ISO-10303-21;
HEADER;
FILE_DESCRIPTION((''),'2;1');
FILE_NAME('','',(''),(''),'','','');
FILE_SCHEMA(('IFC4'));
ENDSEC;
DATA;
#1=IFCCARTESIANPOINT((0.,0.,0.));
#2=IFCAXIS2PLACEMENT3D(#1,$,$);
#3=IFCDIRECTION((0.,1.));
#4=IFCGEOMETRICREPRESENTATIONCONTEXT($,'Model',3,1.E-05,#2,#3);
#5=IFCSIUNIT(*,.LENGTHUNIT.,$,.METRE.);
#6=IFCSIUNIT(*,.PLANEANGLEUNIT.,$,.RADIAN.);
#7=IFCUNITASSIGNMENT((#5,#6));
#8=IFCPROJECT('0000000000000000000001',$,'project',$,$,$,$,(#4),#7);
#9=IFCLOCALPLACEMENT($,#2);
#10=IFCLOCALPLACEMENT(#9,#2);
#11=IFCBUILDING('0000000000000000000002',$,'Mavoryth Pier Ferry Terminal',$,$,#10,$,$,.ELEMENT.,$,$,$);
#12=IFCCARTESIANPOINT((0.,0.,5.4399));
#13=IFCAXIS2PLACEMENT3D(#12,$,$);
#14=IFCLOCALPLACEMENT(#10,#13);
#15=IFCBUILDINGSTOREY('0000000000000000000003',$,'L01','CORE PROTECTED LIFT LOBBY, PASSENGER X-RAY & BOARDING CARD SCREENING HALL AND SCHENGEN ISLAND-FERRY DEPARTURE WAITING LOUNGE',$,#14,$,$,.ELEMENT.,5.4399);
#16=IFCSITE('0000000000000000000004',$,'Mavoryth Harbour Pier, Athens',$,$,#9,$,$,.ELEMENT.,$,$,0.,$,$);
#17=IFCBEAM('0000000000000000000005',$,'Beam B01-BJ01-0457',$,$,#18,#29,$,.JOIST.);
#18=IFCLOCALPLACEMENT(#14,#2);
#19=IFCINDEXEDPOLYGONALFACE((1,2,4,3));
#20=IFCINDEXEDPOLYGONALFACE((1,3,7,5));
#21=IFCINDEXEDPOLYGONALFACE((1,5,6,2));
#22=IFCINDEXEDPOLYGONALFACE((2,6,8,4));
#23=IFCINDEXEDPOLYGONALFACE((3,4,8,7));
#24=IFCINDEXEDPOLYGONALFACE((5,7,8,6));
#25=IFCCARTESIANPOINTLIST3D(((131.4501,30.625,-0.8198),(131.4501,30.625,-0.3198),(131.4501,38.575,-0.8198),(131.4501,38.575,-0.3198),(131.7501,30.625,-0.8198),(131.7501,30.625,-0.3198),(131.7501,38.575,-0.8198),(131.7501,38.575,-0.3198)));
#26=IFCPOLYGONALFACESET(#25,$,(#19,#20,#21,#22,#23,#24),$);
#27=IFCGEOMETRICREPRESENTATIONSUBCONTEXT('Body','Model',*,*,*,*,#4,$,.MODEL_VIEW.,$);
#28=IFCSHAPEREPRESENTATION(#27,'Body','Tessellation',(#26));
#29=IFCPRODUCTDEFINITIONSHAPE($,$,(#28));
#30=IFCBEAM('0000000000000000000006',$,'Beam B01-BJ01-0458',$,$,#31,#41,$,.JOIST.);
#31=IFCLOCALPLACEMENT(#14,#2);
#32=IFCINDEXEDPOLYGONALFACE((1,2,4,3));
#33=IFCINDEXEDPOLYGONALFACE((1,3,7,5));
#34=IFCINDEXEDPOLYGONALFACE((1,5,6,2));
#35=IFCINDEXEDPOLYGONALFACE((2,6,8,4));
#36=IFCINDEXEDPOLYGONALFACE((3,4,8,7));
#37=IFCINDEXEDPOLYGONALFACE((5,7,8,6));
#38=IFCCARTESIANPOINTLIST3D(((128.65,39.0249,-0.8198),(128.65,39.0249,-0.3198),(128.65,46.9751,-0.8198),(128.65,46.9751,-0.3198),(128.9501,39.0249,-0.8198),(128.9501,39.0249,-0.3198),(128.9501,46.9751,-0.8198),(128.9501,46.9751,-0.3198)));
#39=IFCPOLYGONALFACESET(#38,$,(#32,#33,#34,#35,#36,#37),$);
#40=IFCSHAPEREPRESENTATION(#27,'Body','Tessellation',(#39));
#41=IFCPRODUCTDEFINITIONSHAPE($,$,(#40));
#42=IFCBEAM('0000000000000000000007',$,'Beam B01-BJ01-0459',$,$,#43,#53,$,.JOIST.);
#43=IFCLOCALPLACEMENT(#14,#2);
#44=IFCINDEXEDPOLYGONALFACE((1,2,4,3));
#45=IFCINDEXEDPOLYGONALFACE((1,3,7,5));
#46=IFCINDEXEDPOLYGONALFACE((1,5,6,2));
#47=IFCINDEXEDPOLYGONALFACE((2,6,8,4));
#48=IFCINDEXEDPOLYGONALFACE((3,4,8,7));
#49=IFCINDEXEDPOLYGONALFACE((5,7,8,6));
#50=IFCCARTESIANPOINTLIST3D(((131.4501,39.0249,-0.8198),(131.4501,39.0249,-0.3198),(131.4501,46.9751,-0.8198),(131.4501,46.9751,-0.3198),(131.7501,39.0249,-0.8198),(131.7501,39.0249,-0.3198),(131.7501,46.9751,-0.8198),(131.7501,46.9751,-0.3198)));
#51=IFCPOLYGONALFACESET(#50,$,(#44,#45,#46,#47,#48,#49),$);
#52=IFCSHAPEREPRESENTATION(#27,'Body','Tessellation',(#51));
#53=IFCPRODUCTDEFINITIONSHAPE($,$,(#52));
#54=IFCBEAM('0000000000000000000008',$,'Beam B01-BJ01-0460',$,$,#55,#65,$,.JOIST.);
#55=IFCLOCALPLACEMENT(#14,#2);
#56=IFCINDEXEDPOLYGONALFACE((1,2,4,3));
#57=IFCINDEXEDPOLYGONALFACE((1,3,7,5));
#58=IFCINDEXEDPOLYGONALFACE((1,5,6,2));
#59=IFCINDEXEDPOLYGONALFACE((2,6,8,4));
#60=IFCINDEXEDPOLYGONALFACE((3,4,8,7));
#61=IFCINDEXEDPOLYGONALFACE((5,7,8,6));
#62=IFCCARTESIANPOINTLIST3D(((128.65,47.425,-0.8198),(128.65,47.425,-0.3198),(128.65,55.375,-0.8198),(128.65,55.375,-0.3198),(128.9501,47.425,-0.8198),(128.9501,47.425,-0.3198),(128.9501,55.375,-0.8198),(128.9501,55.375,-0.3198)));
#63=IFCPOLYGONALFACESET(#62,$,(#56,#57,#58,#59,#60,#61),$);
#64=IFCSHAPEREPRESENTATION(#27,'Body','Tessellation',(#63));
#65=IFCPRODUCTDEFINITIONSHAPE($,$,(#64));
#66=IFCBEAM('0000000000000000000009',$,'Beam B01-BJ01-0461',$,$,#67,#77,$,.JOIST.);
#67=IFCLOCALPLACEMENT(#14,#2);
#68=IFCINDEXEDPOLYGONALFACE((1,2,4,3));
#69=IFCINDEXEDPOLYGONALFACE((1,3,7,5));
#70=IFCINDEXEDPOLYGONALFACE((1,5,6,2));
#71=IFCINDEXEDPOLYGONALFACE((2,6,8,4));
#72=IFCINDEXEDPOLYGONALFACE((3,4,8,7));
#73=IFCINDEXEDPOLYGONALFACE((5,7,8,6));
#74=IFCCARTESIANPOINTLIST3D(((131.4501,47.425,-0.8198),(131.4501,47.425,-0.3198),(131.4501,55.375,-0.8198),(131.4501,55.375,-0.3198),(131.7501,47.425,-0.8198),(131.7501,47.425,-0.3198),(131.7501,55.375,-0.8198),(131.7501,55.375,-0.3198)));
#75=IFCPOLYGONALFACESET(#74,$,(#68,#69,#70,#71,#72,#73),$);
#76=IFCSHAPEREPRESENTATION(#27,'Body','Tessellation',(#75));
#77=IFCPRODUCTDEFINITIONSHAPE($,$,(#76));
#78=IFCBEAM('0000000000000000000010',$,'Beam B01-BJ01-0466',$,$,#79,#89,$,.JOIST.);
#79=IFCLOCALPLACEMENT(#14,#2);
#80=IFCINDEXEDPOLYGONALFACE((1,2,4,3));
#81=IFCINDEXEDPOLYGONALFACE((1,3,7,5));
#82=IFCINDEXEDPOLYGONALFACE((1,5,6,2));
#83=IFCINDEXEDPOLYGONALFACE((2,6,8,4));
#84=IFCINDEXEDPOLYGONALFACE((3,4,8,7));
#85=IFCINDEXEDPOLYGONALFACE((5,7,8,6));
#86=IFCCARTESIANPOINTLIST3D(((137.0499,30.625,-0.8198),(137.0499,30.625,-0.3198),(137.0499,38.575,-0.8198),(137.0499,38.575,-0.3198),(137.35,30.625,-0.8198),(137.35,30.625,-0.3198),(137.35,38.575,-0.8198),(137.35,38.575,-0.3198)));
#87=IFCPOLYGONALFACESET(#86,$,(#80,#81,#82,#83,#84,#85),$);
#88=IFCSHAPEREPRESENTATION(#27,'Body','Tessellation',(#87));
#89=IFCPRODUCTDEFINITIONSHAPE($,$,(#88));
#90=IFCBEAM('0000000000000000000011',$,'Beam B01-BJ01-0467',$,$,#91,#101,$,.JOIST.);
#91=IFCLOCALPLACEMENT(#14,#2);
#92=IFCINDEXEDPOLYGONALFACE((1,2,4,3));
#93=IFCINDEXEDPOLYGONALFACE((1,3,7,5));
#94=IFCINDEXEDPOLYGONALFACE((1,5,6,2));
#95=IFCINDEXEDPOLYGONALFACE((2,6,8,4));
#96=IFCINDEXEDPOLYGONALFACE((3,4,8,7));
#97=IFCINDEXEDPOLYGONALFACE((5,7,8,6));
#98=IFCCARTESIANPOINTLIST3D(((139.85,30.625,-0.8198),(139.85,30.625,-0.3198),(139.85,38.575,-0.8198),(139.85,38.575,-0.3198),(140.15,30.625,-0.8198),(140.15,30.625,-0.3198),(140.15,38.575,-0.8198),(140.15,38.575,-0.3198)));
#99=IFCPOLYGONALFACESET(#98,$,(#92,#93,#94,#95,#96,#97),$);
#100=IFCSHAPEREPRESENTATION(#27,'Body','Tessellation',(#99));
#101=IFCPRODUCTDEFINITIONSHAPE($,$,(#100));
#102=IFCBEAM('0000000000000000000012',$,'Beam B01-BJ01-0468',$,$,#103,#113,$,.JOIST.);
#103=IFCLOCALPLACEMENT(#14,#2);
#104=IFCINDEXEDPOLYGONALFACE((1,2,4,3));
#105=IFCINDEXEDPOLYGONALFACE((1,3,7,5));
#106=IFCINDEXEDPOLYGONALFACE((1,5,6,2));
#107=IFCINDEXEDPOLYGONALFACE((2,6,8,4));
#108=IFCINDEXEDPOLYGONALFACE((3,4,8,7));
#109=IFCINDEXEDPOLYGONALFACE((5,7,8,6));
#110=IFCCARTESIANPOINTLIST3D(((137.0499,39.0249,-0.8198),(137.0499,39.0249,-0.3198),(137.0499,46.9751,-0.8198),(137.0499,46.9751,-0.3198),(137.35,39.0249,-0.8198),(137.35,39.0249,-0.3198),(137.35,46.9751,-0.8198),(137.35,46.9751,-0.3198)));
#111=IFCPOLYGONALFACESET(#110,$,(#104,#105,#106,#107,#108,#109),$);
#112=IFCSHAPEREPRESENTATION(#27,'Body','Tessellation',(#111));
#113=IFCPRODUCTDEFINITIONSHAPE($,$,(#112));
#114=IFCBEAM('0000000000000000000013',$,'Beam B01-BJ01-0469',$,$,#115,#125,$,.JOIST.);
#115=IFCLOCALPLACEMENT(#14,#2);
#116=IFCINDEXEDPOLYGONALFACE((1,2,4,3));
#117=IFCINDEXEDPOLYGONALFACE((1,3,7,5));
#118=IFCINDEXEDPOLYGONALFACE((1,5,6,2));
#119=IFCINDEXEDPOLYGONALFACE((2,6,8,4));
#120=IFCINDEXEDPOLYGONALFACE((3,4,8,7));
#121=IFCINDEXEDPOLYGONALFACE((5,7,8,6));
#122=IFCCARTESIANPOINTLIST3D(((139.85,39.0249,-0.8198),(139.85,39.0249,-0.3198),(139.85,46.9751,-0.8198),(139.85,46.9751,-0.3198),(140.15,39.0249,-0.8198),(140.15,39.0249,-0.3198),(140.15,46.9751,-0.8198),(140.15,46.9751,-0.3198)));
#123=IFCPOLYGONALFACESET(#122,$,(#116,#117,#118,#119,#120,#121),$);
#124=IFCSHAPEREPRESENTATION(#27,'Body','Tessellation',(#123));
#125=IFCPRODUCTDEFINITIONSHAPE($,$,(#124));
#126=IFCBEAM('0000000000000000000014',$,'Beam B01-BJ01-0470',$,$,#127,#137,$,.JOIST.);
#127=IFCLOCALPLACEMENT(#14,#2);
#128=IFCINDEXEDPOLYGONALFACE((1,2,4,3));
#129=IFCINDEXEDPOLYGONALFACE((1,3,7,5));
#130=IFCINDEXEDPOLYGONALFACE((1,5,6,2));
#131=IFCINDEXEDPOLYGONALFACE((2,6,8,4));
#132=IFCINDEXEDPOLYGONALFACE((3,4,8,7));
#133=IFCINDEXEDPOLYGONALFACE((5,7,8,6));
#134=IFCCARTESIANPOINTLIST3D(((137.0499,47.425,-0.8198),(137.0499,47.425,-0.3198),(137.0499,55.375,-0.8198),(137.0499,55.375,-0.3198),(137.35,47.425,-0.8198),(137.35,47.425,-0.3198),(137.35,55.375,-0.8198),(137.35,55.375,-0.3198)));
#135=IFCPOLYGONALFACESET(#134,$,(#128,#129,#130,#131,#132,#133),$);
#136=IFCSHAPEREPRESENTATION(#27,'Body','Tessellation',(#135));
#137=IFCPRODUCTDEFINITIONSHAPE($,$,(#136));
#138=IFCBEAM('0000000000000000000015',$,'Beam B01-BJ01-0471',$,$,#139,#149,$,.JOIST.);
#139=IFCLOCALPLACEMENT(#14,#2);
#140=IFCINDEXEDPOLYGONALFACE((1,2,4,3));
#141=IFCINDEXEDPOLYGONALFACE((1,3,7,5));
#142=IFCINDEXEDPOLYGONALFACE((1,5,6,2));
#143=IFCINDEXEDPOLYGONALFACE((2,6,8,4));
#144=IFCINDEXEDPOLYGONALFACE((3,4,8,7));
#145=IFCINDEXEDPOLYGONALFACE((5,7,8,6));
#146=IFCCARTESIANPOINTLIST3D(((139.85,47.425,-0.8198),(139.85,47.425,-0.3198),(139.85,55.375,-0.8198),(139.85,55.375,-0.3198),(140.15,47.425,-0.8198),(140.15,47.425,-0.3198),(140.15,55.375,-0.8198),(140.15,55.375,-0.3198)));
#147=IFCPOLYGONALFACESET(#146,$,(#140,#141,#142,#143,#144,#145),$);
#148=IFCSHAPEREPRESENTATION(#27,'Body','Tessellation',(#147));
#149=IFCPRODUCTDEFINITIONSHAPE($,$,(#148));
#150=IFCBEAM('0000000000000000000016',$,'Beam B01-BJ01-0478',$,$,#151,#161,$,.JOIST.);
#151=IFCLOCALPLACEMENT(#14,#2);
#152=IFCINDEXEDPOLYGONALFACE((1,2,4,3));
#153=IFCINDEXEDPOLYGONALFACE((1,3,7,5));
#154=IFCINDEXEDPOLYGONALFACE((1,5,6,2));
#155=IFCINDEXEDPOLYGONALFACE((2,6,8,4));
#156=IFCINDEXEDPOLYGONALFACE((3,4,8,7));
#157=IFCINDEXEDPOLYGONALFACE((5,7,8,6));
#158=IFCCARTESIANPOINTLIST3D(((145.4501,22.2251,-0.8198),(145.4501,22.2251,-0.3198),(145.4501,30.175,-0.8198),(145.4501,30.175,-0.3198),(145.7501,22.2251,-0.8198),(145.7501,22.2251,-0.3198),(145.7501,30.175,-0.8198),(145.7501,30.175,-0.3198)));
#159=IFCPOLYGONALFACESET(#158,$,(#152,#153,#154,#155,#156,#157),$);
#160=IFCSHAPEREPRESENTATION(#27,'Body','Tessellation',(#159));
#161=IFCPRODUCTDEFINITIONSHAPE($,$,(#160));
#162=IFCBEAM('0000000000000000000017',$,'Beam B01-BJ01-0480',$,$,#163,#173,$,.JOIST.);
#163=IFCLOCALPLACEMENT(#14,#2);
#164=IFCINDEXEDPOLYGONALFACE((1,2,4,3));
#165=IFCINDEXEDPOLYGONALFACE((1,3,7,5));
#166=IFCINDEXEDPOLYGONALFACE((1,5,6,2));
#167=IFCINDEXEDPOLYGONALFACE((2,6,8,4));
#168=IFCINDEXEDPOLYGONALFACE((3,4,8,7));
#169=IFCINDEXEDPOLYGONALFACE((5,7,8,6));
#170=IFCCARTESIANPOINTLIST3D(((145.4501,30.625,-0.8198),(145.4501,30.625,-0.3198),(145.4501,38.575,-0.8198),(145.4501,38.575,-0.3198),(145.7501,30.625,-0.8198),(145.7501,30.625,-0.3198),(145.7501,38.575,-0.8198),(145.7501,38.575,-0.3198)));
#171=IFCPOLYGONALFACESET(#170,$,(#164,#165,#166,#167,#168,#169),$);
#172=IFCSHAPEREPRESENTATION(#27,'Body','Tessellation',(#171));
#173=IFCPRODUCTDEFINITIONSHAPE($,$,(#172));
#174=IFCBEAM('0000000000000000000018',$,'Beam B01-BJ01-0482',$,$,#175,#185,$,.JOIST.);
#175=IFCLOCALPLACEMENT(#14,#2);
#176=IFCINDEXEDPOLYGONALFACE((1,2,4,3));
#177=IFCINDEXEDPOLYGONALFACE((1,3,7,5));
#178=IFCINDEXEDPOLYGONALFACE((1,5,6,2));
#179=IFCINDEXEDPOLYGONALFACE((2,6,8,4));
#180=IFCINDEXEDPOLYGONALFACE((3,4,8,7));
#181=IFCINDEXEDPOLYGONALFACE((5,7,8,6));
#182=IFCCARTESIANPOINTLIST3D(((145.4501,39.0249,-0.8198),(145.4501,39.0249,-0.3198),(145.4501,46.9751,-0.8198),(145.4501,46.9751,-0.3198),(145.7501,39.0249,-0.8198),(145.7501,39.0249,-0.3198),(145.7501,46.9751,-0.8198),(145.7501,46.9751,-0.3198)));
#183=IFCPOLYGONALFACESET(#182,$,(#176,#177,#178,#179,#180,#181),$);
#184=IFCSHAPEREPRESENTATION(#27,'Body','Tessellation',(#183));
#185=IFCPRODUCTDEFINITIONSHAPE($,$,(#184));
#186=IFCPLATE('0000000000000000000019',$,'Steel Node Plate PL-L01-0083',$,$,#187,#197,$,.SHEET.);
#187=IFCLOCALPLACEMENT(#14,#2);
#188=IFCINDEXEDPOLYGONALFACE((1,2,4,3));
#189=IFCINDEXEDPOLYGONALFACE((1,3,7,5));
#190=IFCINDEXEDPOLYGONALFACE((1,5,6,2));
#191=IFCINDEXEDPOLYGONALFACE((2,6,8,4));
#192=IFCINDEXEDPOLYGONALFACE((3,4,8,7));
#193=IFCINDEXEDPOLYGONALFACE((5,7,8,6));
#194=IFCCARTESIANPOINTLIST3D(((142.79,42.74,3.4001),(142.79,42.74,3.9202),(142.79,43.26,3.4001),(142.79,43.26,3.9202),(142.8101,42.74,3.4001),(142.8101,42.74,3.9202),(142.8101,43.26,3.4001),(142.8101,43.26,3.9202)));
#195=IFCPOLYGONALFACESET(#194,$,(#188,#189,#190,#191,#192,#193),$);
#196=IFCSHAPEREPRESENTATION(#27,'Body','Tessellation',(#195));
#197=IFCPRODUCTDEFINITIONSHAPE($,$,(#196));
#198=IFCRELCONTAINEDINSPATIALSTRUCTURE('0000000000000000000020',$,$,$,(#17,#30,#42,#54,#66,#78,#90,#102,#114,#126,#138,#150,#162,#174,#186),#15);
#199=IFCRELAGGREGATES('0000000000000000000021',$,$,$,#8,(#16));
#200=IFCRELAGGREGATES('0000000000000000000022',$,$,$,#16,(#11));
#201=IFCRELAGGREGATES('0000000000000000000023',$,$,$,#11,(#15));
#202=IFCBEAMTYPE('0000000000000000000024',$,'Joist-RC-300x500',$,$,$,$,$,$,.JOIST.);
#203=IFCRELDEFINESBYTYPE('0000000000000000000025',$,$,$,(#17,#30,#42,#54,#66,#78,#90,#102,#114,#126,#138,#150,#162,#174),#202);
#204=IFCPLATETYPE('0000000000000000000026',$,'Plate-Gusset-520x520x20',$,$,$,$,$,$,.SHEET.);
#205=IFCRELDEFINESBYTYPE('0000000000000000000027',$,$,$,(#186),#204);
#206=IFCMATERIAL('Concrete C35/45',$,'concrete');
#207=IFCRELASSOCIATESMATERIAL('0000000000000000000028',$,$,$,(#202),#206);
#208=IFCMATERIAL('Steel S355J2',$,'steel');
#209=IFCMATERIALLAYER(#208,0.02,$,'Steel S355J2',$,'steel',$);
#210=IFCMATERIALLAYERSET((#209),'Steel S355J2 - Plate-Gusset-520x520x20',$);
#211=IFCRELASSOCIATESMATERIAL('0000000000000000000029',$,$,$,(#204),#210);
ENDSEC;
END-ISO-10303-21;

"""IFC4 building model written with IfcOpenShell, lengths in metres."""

from ifc_helpers import new_model, si_unit, direction, frame, origin, origin_2d, place, context, subcontext, project, spatial, rectangle, extrude, material, layer, layer_set, material_profile, profile_set, type_object, element, save


model = new_model("IFC4")

# Units and contexts
model_context = context("Model", 3, precision=1e-05, world=origin(), true_north=direction((0.0, 1.0)))
body_context = subcontext(model_context, "Body", "Model", "MODEL_VIEW")
ifc_project = project(units=[si_unit("LENGTHUNIT", "METRE"), si_unit("PLANEANGLEUNIT", "RADIAN")], contexts=[model_context])

# Site, building, storey
site_placement = place(None, origin())
site = spatial("IfcSite", under=ifc_project, at=site_placement, Name="Mavoryth Harbour Pier, Athens", CompositionType="ELEMENT", RefElevation=0.0)
building_placement = place(site_placement, origin())
building = spatial("IfcBuilding", under=site, at=building_placement, Name="Mavoryth Pier Ferry Terminal", CompositionType="ELEMENT")
storey_placement = place(building_placement, frame((0.0, 0.0, 5.4399)))
storey = spatial("IfcBuildingStorey", under=building, at=storey_placement, Name="L01", Description="CORE PROTECTED LIFT LOBBY, PASSENGER X-RAY & BOARDING CARD SCREENING HALL AND SCHENGEN ISLAND-FERRY DEPARTURE WAITING LOUNGE", CompositionType="ELEMENT", Elevation=5.4399)

# Shared definitions
ifc_material_1 = material(Name="Steel S355J2", Category="steel")

# Beams
ifc_material_2 = material(Name="Concrete C35/45", Category="concrete")
ifc_material_profile_1 = material_profile(ifc_material_2, rectangle(XDim=0.3, YDim=0.5, at=origin_2d()), Name="RC 300x500", Category="concrete")
ifc_profile_set_1 = profile_set([ifc_material_profile_1], Name="Concrete C35/45 - RC 300x500")
beam_type_1 = type_object("IfcBeamType", Name="Joist-RC-300x500", PredefinedType="JOIST", material=ifc_profile_set_1)
for number, where, z_axis, x_axis, name in (
    (1, (131.6001, 30.625, -0.5698), (0.0, 1.0, 0.0), (-1.0, 0.0, 0.0), "Beam B01-BJ01-0457"),
):
    element("IfcBeam", number, at=place(storey_placement, frame(where, z_axis=z_axis, x_axis=x_axis)), inside=storey, type_object=beam_type_1, Name=name, PredefinedType="JOIST", context=body_context, shape_type="SweptSolid", body=[
        extrude(rectangle(XDim=0.3, YDim=0.5, at=origin_2d()), origin(), (0.0, 0.0, 1.0), 7.95),
    ])
for number, where, z_axis, x_axis, name in (
    (2, (128.8, 39.0249, -0.5698), (0.0, 1.0, 0.0), (-1.0, 0.0, 0.0), "Beam B01-BJ01-0458"),
    (3, (131.6001, 39.0249, -0.5698), (0.0, 1.0, 0.0), (-1.0, 0.0, 0.0), "Beam B01-BJ01-0459"),
):
    element("IfcBeam", number, at=place(storey_placement, frame(where, z_axis=z_axis, x_axis=x_axis)), inside=storey, type_object=beam_type_1, Name=name, PredefinedType="JOIST", context=body_context, shape_type="SweptSolid", body=[
        extrude(rectangle(XDim=0.3, YDim=0.5, at=origin_2d()), origin(), (0.0, 0.0, 1.0), 7.9502),
    ])
for number, where, z_axis, x_axis, name in (
    (4, (128.8, 47.425, -0.5698), (0.0, 1.0, 0.0), (-1.0, 0.0, 0.0), "Beam B01-BJ01-0460"),
    (5, (131.6001, 47.425, -0.5698), (0.0, 1.0, 0.0), (-1.0, 0.0, 0.0), "Beam B01-BJ01-0461"),
    (6, (137.2, 30.625, -0.5698), (0.0, 1.0, 0.0), (-1.0, 0.0, 0.0), "Beam B01-BJ01-0466"),
    (7, (140.0, 30.625, -0.5698), (0.0, 1.0, 0.0), (-1.0, 0.0, 0.0), "Beam B01-BJ01-0467"),
):
    element("IfcBeam", number, at=place(storey_placement, frame(where, z_axis=z_axis, x_axis=x_axis)), inside=storey, type_object=beam_type_1, Name=name, PredefinedType="JOIST", context=body_context, shape_type="SweptSolid", body=[
        extrude(rectangle(XDim=0.3, YDim=0.5, at=origin_2d()), origin(), (0.0, 0.0, 1.0), 7.95),
    ])
for number, where, z_axis, x_axis, name in (
    (8, (137.2, 39.0249, -0.5698), (0.0, 1.0, 0.0), (-1.0, 0.0, 0.0), "Beam B01-BJ01-0468"),
    (9, (140.0, 39.0249, -0.5698), (0.0, 1.0, 0.0), (-1.0, 0.0, 0.0), "Beam B01-BJ01-0469"),
):
    element("IfcBeam", number, at=place(storey_placement, frame(where, z_axis=z_axis, x_axis=x_axis)), inside=storey, type_object=beam_type_1, Name=name, PredefinedType="JOIST", context=body_context, shape_type="SweptSolid", body=[
        extrude(rectangle(XDim=0.3, YDim=0.5, at=origin_2d()), origin(), (0.0, 0.0, 1.0), 7.9502),
    ])
for number, where, z_axis, x_axis, name in (
    (10, (137.2, 47.425, -0.5698), (0.0, 1.0, 0.0), (-1.0, 0.0, 0.0), "Beam B01-BJ01-0470"),
    (11, (140.0, 47.425, -0.5698), (0.0, 1.0, 0.0), (-1.0, 0.0, 0.0), "Beam B01-BJ01-0471"),
    (12, (145.6001, 22.2251, -0.5698), (0.0, 1.0, 0.0), (-1.0, 0.0, 0.0), "Beam B01-BJ01-0478"),
    (13, (145.6001, 30.625, -0.5698), (0.0, 1.0, 0.0), (-1.0, 0.0, 0.0), "Beam B01-BJ01-0480"),
):
    element("IfcBeam", number, at=place(storey_placement, frame(where, z_axis=z_axis, x_axis=x_axis)), inside=storey, type_object=beam_type_1, Name=name, PredefinedType="JOIST", context=body_context, shape_type="SweptSolid", body=[
        extrude(rectangle(XDim=0.3, YDim=0.5, at=origin_2d()), origin(), (0.0, 0.0, 1.0), 7.95),
    ])
beam_1_placement = place(storey_placement, frame((145.6001, 39.0249, -0.5698), z_axis=(0.0, 1.0, 0.0), x_axis=(-1.0, 0.0, 0.0)))
element("IfcBeam", 14, at=beam_1_placement, inside=storey, type_object=beam_type_1, Name="Beam B01-BJ01-0482", PredefinedType="JOIST", context=body_context, shape_type="SweptSolid", body=[
    extrude(rectangle(XDim=0.3, YDim=0.5, at=origin_2d()), origin(), (0.0, 0.0, 1.0), 7.9502),
])

# Plate
ifc_layer = layer(ifc_material_1, 0.02, Name="Steel S355J2", Category="steel")
ifc_layer_set = layer_set([ifc_layer], Name="Steel S355J2 - Plate-Gusset-520x520x20")
plate_type = type_object("IfcPlateType", Name="Plate-Gusset-520x520x20", PredefinedType="SHEET", material=ifc_layer_set)
plate_placement = place(storey_placement, frame((142.8, 43.0, 3.4001), z_axis=(0.0, 0.0, 1.0), x_axis=(0.0, 1.0, 0.0)))
element("IfcPlate", 15, at=plate_placement, inside=storey, type_object=plate_type, Name="Steel Node Plate PL-L01-0083", PredefinedType="SHEET", context=body_context, shape_type="SweptSolid", body=[
    extrude(rectangle(XDim=0.52, YDim=0.02, at=origin_2d()), origin(), (0.0, 0.0, 1.0), 0.52),
])

save(model, "model.ifc")
